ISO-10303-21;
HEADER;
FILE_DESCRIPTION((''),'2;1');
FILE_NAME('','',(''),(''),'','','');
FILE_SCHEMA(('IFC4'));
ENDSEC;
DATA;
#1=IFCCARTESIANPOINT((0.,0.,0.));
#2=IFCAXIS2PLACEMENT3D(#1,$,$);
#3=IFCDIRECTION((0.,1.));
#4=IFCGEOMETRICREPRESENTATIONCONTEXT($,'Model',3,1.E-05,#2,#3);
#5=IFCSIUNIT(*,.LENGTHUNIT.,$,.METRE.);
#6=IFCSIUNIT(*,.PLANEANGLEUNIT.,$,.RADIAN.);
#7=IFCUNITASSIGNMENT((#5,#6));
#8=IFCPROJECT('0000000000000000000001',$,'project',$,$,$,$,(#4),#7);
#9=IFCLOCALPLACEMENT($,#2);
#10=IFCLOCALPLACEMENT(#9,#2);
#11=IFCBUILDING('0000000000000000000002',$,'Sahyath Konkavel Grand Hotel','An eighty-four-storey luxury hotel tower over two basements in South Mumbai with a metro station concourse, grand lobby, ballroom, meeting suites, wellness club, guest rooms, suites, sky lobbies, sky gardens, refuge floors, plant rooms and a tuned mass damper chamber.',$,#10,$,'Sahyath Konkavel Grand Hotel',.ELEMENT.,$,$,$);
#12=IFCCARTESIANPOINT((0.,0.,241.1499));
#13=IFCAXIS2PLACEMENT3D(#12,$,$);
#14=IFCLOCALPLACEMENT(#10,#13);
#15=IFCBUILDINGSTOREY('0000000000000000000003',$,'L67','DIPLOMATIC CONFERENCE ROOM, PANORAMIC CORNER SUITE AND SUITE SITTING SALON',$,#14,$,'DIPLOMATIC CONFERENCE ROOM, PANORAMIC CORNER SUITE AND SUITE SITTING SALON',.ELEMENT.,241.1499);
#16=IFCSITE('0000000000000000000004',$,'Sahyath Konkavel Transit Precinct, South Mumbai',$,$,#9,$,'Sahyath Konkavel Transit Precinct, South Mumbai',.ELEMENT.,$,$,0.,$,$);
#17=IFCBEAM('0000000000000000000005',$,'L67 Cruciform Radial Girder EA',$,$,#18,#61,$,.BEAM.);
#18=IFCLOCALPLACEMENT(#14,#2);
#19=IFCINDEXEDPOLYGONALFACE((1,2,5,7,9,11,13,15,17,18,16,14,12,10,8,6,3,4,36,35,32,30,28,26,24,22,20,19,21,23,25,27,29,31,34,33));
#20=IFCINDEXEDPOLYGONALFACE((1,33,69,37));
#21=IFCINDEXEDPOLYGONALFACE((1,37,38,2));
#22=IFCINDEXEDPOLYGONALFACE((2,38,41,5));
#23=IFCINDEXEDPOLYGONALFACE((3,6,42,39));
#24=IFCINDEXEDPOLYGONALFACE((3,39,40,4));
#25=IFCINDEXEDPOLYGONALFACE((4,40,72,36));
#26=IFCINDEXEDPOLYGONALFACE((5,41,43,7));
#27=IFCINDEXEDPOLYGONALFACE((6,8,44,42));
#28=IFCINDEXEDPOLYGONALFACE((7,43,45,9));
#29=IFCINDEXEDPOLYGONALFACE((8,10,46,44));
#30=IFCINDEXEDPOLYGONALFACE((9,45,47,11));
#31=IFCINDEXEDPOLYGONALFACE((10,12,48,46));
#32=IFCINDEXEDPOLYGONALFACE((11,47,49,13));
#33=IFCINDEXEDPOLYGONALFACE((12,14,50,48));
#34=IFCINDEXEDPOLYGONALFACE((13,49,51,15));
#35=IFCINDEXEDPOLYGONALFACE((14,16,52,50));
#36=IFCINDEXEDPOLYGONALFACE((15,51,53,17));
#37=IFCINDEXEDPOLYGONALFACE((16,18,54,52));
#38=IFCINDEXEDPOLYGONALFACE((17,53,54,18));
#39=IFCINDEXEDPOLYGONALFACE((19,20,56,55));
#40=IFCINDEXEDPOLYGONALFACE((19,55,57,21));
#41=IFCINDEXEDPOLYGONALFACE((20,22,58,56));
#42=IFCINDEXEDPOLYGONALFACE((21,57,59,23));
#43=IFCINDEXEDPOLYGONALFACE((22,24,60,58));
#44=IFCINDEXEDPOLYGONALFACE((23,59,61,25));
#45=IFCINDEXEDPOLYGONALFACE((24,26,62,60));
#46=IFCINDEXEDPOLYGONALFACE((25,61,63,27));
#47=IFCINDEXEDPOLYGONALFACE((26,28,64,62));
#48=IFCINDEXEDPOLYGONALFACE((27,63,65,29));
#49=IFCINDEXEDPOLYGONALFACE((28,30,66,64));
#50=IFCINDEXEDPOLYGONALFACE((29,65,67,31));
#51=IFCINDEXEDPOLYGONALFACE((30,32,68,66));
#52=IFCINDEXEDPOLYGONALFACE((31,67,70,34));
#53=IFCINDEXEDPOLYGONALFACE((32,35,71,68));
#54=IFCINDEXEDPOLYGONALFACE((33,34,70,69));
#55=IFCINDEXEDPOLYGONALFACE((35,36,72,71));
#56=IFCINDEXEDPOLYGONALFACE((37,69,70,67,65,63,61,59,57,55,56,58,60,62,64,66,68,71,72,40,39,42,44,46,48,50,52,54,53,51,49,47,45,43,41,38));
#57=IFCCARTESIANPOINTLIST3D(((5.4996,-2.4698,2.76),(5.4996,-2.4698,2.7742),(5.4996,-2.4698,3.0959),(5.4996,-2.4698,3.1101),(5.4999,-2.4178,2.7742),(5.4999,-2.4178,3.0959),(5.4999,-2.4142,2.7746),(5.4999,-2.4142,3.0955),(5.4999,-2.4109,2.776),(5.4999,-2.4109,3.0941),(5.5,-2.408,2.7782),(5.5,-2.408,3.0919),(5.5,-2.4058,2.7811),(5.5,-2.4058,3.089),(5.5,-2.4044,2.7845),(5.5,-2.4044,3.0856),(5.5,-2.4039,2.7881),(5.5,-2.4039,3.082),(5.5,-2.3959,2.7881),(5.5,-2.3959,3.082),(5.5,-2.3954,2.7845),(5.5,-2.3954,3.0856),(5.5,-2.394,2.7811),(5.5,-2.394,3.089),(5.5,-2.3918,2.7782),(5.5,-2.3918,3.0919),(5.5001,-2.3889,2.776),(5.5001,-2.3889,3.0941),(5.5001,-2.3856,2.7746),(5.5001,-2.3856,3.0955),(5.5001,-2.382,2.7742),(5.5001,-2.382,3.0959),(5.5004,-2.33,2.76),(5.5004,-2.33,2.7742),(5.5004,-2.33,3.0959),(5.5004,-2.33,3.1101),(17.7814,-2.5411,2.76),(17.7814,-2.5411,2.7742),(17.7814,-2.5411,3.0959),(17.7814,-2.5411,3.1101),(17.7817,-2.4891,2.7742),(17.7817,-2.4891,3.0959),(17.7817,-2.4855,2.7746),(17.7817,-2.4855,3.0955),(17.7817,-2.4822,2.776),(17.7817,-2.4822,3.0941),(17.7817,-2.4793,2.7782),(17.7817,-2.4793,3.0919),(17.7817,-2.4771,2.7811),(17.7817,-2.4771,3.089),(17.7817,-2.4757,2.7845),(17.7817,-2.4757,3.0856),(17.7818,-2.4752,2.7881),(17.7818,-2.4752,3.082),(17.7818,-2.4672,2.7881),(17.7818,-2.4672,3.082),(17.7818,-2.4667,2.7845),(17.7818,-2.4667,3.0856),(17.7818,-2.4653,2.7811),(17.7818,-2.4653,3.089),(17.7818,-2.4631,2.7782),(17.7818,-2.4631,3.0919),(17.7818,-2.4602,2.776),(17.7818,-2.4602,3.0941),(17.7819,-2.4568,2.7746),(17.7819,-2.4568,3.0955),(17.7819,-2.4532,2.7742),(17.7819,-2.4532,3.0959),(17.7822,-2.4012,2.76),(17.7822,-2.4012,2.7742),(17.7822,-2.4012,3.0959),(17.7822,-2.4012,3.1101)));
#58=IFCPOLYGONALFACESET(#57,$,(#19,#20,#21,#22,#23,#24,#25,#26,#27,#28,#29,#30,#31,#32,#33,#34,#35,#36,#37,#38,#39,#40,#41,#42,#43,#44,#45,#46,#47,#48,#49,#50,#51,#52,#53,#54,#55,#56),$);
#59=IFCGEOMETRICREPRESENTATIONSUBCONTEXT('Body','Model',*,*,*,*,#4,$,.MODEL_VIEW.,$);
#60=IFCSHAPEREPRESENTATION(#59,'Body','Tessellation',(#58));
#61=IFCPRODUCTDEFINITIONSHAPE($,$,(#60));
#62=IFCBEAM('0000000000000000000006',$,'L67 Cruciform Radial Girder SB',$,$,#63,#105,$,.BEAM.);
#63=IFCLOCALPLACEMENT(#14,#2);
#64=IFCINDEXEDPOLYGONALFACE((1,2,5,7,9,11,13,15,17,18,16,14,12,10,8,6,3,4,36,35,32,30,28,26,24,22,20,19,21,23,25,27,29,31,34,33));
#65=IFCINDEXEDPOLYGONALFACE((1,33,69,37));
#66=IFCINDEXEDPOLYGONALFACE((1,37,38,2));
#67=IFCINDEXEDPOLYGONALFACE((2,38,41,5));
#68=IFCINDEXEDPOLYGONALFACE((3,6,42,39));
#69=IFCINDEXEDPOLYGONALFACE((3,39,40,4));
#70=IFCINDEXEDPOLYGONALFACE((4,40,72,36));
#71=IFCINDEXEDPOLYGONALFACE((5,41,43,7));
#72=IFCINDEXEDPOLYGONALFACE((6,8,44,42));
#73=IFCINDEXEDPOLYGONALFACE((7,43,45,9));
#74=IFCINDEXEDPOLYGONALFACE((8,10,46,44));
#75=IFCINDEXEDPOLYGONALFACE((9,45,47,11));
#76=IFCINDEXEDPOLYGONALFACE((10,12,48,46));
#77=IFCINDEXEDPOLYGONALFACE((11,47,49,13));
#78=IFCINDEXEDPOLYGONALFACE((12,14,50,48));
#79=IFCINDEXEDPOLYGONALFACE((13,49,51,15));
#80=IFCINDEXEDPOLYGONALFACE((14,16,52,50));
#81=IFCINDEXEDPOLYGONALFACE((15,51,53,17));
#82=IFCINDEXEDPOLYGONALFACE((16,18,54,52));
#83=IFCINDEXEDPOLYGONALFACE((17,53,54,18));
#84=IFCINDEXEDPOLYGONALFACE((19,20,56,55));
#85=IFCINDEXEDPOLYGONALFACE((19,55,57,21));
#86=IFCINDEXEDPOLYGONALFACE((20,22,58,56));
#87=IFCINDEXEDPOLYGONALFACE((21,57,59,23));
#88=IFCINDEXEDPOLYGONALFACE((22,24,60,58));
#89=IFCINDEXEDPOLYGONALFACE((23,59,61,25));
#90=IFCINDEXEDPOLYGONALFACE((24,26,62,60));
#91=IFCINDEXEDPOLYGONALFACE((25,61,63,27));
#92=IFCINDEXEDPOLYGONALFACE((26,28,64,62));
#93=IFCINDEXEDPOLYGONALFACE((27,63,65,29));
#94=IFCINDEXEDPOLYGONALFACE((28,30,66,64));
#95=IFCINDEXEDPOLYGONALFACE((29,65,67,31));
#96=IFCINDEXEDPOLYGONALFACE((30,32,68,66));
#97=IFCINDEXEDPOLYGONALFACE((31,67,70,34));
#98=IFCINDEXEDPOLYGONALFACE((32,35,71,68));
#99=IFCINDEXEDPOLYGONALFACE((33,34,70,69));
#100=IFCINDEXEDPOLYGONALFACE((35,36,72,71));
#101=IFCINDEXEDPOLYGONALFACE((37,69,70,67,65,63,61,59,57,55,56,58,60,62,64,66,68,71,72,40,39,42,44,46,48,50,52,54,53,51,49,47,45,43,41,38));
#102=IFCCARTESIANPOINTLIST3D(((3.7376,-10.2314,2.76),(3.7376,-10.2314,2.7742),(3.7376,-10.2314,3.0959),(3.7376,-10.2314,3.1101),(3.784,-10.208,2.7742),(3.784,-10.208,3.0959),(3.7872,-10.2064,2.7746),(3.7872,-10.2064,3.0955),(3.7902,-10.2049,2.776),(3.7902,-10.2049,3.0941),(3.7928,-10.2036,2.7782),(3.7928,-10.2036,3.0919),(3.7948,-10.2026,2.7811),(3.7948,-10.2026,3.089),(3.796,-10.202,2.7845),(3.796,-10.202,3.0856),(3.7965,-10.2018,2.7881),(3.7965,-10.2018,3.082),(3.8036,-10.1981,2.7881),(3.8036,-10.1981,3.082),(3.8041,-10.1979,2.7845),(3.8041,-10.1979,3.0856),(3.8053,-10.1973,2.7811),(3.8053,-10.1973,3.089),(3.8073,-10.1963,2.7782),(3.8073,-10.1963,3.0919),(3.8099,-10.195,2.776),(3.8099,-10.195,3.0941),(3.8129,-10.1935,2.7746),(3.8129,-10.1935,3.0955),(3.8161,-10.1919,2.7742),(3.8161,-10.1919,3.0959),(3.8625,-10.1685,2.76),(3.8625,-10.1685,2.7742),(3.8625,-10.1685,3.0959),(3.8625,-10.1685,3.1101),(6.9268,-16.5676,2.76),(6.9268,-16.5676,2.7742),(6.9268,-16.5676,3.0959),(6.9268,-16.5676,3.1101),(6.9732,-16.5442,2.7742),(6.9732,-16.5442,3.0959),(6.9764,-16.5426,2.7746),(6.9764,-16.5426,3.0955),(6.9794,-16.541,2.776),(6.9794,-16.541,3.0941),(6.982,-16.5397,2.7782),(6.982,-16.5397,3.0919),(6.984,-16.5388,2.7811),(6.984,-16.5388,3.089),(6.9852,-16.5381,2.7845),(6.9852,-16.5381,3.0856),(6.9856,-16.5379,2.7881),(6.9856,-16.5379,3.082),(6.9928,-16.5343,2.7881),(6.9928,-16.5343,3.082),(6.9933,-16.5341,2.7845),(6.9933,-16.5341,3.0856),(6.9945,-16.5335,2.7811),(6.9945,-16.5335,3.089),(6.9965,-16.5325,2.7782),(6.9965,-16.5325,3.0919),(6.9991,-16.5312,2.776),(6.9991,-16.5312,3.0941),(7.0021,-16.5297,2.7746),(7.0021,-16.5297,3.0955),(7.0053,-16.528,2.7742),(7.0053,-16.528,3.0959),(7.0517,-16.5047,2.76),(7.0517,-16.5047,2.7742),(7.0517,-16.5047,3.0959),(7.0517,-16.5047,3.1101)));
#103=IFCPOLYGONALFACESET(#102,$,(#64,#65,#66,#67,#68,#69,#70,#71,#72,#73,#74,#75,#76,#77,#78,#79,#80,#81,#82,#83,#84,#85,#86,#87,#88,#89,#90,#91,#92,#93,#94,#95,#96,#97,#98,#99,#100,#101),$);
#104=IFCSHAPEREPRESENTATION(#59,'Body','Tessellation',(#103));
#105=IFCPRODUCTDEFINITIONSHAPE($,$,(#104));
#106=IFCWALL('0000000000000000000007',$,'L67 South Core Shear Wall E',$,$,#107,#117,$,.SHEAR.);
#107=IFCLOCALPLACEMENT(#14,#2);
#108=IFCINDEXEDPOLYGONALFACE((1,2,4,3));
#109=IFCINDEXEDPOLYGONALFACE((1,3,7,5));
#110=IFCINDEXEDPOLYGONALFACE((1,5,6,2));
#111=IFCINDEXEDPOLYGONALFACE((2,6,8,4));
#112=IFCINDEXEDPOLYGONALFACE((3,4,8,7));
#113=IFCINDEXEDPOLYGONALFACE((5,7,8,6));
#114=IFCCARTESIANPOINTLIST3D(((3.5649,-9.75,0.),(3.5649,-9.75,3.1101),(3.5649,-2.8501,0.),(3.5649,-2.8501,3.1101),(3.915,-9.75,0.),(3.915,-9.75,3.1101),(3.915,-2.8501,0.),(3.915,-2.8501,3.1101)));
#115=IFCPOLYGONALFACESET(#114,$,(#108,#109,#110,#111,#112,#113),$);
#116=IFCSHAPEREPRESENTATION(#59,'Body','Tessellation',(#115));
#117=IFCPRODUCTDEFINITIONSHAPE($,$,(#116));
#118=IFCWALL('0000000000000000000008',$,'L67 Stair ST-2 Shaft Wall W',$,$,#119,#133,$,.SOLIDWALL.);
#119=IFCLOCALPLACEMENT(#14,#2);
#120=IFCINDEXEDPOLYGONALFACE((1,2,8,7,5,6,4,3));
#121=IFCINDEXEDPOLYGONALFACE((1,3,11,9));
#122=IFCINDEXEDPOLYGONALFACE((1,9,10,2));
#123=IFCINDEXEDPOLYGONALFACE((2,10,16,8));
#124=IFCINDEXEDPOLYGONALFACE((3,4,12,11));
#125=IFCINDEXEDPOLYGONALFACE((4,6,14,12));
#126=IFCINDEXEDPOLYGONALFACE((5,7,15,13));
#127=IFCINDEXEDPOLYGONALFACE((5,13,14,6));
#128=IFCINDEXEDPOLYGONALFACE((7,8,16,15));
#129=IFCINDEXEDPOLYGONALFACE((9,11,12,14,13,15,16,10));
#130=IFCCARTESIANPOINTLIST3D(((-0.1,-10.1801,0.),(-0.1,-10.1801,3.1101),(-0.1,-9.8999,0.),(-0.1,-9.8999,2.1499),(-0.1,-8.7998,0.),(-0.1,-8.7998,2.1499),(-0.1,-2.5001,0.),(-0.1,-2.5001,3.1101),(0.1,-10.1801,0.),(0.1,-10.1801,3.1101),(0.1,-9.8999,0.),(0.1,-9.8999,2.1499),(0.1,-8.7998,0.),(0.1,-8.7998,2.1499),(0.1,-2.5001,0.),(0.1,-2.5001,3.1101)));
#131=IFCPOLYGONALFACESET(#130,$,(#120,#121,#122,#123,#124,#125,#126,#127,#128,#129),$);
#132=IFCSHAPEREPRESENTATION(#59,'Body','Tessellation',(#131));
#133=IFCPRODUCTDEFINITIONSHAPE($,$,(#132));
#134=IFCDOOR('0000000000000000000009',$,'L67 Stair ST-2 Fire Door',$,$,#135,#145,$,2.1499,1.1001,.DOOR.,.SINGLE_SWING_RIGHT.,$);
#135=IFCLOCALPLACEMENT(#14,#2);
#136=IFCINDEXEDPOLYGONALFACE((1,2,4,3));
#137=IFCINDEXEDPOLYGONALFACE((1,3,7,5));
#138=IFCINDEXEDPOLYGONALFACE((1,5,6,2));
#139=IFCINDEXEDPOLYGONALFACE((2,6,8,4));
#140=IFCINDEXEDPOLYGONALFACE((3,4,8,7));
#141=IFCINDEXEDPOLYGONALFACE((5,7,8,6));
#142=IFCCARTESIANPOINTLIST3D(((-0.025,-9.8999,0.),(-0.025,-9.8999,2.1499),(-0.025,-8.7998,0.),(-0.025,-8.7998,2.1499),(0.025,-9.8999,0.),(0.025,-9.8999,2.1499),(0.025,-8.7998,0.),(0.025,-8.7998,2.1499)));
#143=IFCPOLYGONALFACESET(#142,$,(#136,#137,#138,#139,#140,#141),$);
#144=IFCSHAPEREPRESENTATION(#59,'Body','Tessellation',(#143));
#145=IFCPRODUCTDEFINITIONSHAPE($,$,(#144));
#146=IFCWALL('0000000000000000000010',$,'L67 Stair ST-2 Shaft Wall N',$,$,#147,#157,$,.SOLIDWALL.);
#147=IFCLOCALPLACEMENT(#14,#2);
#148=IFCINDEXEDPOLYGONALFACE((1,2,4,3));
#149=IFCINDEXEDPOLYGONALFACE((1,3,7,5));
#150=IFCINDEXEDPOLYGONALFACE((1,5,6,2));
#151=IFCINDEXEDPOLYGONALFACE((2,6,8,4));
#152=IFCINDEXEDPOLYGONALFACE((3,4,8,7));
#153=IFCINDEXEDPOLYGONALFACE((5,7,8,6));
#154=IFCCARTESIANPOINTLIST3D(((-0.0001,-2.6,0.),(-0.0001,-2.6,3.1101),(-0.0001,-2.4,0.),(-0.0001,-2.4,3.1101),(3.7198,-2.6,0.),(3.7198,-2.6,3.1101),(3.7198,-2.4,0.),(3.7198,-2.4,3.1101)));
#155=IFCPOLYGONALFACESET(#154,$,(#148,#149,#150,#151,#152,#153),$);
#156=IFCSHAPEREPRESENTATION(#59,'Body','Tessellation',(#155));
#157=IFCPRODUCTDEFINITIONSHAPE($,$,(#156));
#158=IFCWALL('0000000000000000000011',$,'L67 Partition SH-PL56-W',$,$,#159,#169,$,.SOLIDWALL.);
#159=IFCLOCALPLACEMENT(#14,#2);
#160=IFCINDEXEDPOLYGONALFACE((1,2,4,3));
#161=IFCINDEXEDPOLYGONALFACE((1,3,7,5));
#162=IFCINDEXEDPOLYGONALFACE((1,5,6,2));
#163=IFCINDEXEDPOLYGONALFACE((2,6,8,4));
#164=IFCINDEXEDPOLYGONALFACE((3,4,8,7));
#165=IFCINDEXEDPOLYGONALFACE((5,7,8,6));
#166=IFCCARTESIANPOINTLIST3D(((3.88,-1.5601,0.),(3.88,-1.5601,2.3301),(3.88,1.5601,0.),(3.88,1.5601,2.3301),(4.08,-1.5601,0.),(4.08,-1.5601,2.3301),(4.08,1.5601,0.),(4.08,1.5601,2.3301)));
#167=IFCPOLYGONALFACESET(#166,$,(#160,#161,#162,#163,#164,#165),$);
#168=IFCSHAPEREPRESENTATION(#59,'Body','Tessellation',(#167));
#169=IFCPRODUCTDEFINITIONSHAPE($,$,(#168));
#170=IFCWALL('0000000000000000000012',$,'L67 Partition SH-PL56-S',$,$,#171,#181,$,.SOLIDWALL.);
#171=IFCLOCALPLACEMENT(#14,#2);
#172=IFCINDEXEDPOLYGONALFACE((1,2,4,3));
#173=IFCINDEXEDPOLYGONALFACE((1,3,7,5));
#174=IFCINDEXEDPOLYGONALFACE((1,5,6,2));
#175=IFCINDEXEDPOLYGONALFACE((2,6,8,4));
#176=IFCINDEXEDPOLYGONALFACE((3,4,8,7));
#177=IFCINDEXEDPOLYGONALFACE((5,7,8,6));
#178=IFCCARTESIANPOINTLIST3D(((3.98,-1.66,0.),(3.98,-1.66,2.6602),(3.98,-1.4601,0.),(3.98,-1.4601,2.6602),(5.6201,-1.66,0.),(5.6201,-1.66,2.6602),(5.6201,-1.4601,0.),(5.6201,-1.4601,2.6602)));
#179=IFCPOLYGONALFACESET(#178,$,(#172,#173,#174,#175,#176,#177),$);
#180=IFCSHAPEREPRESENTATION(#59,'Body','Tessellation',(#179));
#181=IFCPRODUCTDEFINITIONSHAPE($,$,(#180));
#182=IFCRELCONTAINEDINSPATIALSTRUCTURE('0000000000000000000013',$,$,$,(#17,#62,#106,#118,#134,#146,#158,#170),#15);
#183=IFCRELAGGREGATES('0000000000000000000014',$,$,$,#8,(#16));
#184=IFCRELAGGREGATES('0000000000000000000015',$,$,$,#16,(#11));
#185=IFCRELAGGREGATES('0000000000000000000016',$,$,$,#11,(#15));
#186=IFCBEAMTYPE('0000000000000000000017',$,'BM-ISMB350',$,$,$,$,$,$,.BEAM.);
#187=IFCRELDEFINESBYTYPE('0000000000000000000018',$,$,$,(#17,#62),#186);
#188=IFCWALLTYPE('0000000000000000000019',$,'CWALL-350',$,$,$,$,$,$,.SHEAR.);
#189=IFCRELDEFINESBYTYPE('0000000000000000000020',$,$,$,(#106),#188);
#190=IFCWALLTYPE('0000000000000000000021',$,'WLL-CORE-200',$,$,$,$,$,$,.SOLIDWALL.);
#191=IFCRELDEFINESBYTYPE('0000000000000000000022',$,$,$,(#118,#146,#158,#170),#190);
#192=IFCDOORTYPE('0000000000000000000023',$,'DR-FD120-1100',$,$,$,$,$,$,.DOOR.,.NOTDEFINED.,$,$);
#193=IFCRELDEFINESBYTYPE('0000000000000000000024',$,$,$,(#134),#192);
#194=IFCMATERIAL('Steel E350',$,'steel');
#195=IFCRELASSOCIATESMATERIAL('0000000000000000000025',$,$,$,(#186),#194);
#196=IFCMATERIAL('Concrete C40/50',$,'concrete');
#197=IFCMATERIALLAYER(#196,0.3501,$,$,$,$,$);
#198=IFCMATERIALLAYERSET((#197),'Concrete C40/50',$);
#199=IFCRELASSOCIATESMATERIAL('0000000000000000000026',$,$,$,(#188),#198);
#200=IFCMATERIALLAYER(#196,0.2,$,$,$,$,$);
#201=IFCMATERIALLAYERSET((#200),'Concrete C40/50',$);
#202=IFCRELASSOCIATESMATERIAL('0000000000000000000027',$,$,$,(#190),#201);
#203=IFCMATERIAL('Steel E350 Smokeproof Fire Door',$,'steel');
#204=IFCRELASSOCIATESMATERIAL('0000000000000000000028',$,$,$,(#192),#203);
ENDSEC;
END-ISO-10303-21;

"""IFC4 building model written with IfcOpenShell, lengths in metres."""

from ifc_helpers import new_model, si_unit, direction, frame, frame_2d, origin, origin_2d, place, context, subcontext, project, spatial, rectangle, i_section, extrude, source, transform, mapped, material, layer, layer_set, material_profile, profile_set, type_object, element, fill, save


model = new_model("IFC4")

# Units and contexts
model_context = context("Model", 3, precision=1e-05, world=origin(), true_north=direction((0.0, 1.0)))
body_context = subcontext(model_context, "Body", "Model", "MODEL_VIEW")
ifc_project = project(units=[si_unit("LENGTHUNIT", "METRE"), si_unit("PLANEANGLEUNIT", "RADIAN")], contexts=[model_context])

# Site, building, storey
site_placement = place(None, origin())
site = spatial("IfcSite", under=ifc_project, at=site_placement, Name="Sahyath Konkavel Transit Precinct, South Mumbai", LongName="Sahyath Konkavel Transit Precinct, South Mumbai", CompositionType="ELEMENT", RefElevation=0.0)
building_placement = place(site_placement, origin())
building = spatial("IfcBuilding", under=site, at=building_placement, Name="Sahyath Konkavel Grand Hotel", Description="An eighty-four-storey luxury hotel tower over two basements in South Mumbai with a metro station concourse, grand lobby, ballroom, meeting suites, wellness club, guest rooms, suites, sky lobbies, sky gardens, refuge floors, plant rooms and a tuned mass damper chamber.", LongName="Sahyath Konkavel Grand Hotel", CompositionType="ELEMENT")
storey_placement = place(building_placement, frame((0.0, 0.0, 241.1499)))
storey = spatial("IfcBuildingStorey", under=building, at=storey_placement, Name="L67", Description="DIPLOMATIC CONFERENCE ROOM, PANORAMIC CORNER SUITE AND SUITE SITTING SALON", LongName="DIPLOMATIC CONFERENCE ROOM, PANORAMIC CORNER SUITE AND SUITE SITTING SALON", CompositionType="ELEMENT", Elevation=241.1499)

# Shared definitions
ifc_material_1 = material(Name="Concrete C40/50", Category="concrete")

# Beams
ifc_material_2 = material(Name="Steel E350", Category="steel")
ifc_material_profile_1 = material_profile(ifc_material_2, i_section(OverallWidth=0.1399, OverallDepth=0.3501, WebThickness=0.0081, FlangeThickness=0.0142, FilletRadius=0.0139, at=origin_2d()), Name="ISMB 350")
ifc_profile_set_1 = profile_set([ifc_material_profile_1], Name="Steel E350")
beam_type_1 = type_object("IfcBeamType", Name="BM-ISMB350", PredefinedType="BEAM", material=ifc_profile_set_1)
shared_shape_1 = source(origin(), body_context, "Body", "SweptSolid", [
    extrude(i_section(OverallWidth=0.1399, OverallDepth=0.3501, WebThickness=0.0081, FlangeThickness=0.0142, FilletRadius=0.0139, at=origin_2d()), origin(), (0.0, 0.0, 1.0), 12.282),
])
beam_1_placement = place(storey_placement, frame((5.5, -2.3999, 2.9351), z_axis=(0.999983, -0.005804, 0.0), x_axis=(0.005804, 0.999983, 0.0)))
element("IfcBeam", 1, at=beam_1_placement, inside=storey, type_object=beam_type_1, Name="L67 Cruciform Radial Girder EA", PredefinedType="BEAM", context=body_context, shape_type="MappedRepresentation", body=[
    mapped(shared_shape_1, transform((0.0, 0.0, 0.0), scale=1.0)),
])
shared_shape_2 = source(origin(), body_context, "Body", "SweptSolid", [
    extrude(i_section(OverallWidth=0.1399, OverallDepth=0.3501, WebThickness=0.0081, FlangeThickness=0.0142, FilletRadius=0.0139, at=origin_2d()), origin(), (0.0, 0.0, 1.0), 7.0935),
])
beam_2_placement = place(storey_placement, frame((3.8, -10.2, 2.9351), z_axis=(0.449594, -0.893233, 0.0), x_axis=(0.893233, 0.449594, 0.0)))
element("IfcBeam", 2, at=beam_2_placement, inside=storey, type_object=beam_type_1, Name="L67 Cruciform Radial Girder SB", PredefinedType="BEAM", context=body_context, shape_type="MappedRepresentation", body=[
    mapped(shared_shape_2, transform((0.0, 0.0, 0.0), scale=1.0)),
])

# Wall
ifc_layer_1 = layer(ifc_material_1, 0.3501)
ifc_layer_set_1 = layer_set([ifc_layer_1], Name="Concrete C40/50")
wall_type_1 = type_object("IfcWallType", Name="CWALL-350", PredefinedType="SHEAR", material=ifc_layer_set_1)
wall_1_placement = place(storey_placement, frame((3.74, -9.75, 0.0), z_axis=(0.0, 0.0, 1.0), x_axis=(0.0, 1.0, 0.0)))
element("IfcWall", 3, at=wall_1_placement, inside=storey, type_object=wall_type_1, Name="L67 South Core Shear Wall E", PredefinedType="SHEAR", context=body_context, shape_type="SweptSolid", body=[
    extrude(rectangle(XDim=6.8999, YDim=0.3501, at=frame_2d((3.45, 0.0))), origin(), (0.0, 0.0, 1.0), 3.1101),
])

# Wall, opening, door
ifc_layer_2 = layer(ifc_material_1, 0.2)
ifc_layer_set_2 = layer_set([ifc_layer_2], Name="Concrete C40/50")
wall_type_2 = type_object("IfcWallType", Name="WLL-CORE-200", PredefinedType="SOLIDWALL", material=ifc_layer_set_2)
wall_2_placement = place(storey_placement, frame((0.0, -10.1799, 0.0), z_axis=(0.0, 0.0, 1.0), x_axis=(0.0, 1.0, 0.0)))
wall_2 = element("IfcWall", 4, at=wall_2_placement, inside=storey, type_object=wall_type_2, Name="L67 Stair ST-2 Shaft Wall W", PredefinedType="SOLIDWALL", context=body_context, shape_type="SweptSolid", body=[
    extrude(rectangle(XDim=7.6799, YDim=0.2, at=frame_2d((3.8398, 0.0))), origin(), (0.0, 0.0, 1.0), 3.1101),
])
opening_1_placement = place(wall_2_placement, frame((0.28, 0.0, 0.0)))
opening_1 = element("IfcOpeningElement", 5, at=opening_1_placement, cuts=wall_2, PredefinedType="OPENING", context=body_context, shape_type="SweptSolid", body=[
    extrude(rectangle(XDim=1.1001, YDim=2.1499, at=frame_2d((0.55, 1.075))), frame((0.0, 0.1099, 0.0), z_axis=(0.0, -1.0, 0.0), x_axis=(1.0, 0.0, 0.0)), (0.0, 0.0, 1.0), 0.22),
])
ifc_material_3 = material(Name="Steel E350 Smokeproof Fire Door", Category="steel")
door_type_1 = type_object("IfcDoorType", Name="DR-FD120-1100", OperationType="NOTDEFINED", PredefinedType="DOOR", material=ifc_material_3)
shared_shape_3 = source(origin(), body_context, "Body", "SweptSolid", [
    extrude(rectangle(XDim=1.1001, YDim=0.05, at=origin_2d()), origin(), (0.0, 0.0, 1.0), 2.1499),
])
door_1_placement = place(opening_1_placement, frame((0.55, 0.0, 0.0)))
door_1 = element("IfcDoor", 6, at=door_1_placement, inside=storey, type_object=door_type_1, Name="L67 Stair ST-2 Fire Door", OperationType="SINGLE_SWING_RIGHT", OverallHeight=2.1499, OverallWidth=1.1001, PredefinedType="DOOR", context=body_context, shape_type="MappedRepresentation", body=[
    mapped(shared_shape_3, transform((0.0, 0.0, 0.0), scale=1.0)),
])
fill(opening_1, door_1)

# Walls
wall_3_placement = place(storey_placement, frame((0.0, -2.5, 0.0), z_axis=(0.0, 0.0, 1.0), x_axis=(1.0, 0.0, 0.0)))
element("IfcWall", 7, at=wall_3_placement, inside=storey, type_object=wall_type_2, Name="L67 Stair ST-2 Shaft Wall N", PredefinedType="SOLIDWALL", context=body_context, shape_type="SweptSolid", body=[
    extrude(rectangle(XDim=3.72, YDim=0.2, at=frame_2d((1.8599, 0.0))), origin(), (0.0, 0.0, 1.0), 3.1101),
])
wall_4_placement = place(storey_placement, frame((3.98, -1.5601, 0.0), z_axis=(0.0, 0.0, 1.0), x_axis=(0.0, 1.0, 0.0)))
element("IfcWall", 8, at=wall_4_placement, inside=storey, type_object=wall_type_2, Name="L67 Partition SH-PL56-W", PredefinedType="SOLIDWALL", context=body_context, shape_type="SweptSolid", body=[
    extrude(rectangle(XDim=3.1201, YDim=0.2, at=frame_2d((1.5601, 0.0))), origin(), (0.0, 0.0, 1.0), 2.3301),
])
wall_5_placement = place(storey_placement, frame((3.98, -1.5601, 0.0), z_axis=(0.0, 0.0, 1.0), x_axis=(1.0, 0.0, 0.0)))
element("IfcWall", 9, at=wall_5_placement, inside=storey, type_object=wall_type_2, Name="L67 Partition SH-PL56-S", PredefinedType="SOLIDWALL", context=body_context, shape_type="SweptSolid", body=[
    extrude(rectangle(XDim=1.6401, YDim=0.2, at=frame_2d((0.8201, 0.0))), origin(), (0.0, 0.0, 1.0), 2.6602),
])

save(model, "model.ifc")
